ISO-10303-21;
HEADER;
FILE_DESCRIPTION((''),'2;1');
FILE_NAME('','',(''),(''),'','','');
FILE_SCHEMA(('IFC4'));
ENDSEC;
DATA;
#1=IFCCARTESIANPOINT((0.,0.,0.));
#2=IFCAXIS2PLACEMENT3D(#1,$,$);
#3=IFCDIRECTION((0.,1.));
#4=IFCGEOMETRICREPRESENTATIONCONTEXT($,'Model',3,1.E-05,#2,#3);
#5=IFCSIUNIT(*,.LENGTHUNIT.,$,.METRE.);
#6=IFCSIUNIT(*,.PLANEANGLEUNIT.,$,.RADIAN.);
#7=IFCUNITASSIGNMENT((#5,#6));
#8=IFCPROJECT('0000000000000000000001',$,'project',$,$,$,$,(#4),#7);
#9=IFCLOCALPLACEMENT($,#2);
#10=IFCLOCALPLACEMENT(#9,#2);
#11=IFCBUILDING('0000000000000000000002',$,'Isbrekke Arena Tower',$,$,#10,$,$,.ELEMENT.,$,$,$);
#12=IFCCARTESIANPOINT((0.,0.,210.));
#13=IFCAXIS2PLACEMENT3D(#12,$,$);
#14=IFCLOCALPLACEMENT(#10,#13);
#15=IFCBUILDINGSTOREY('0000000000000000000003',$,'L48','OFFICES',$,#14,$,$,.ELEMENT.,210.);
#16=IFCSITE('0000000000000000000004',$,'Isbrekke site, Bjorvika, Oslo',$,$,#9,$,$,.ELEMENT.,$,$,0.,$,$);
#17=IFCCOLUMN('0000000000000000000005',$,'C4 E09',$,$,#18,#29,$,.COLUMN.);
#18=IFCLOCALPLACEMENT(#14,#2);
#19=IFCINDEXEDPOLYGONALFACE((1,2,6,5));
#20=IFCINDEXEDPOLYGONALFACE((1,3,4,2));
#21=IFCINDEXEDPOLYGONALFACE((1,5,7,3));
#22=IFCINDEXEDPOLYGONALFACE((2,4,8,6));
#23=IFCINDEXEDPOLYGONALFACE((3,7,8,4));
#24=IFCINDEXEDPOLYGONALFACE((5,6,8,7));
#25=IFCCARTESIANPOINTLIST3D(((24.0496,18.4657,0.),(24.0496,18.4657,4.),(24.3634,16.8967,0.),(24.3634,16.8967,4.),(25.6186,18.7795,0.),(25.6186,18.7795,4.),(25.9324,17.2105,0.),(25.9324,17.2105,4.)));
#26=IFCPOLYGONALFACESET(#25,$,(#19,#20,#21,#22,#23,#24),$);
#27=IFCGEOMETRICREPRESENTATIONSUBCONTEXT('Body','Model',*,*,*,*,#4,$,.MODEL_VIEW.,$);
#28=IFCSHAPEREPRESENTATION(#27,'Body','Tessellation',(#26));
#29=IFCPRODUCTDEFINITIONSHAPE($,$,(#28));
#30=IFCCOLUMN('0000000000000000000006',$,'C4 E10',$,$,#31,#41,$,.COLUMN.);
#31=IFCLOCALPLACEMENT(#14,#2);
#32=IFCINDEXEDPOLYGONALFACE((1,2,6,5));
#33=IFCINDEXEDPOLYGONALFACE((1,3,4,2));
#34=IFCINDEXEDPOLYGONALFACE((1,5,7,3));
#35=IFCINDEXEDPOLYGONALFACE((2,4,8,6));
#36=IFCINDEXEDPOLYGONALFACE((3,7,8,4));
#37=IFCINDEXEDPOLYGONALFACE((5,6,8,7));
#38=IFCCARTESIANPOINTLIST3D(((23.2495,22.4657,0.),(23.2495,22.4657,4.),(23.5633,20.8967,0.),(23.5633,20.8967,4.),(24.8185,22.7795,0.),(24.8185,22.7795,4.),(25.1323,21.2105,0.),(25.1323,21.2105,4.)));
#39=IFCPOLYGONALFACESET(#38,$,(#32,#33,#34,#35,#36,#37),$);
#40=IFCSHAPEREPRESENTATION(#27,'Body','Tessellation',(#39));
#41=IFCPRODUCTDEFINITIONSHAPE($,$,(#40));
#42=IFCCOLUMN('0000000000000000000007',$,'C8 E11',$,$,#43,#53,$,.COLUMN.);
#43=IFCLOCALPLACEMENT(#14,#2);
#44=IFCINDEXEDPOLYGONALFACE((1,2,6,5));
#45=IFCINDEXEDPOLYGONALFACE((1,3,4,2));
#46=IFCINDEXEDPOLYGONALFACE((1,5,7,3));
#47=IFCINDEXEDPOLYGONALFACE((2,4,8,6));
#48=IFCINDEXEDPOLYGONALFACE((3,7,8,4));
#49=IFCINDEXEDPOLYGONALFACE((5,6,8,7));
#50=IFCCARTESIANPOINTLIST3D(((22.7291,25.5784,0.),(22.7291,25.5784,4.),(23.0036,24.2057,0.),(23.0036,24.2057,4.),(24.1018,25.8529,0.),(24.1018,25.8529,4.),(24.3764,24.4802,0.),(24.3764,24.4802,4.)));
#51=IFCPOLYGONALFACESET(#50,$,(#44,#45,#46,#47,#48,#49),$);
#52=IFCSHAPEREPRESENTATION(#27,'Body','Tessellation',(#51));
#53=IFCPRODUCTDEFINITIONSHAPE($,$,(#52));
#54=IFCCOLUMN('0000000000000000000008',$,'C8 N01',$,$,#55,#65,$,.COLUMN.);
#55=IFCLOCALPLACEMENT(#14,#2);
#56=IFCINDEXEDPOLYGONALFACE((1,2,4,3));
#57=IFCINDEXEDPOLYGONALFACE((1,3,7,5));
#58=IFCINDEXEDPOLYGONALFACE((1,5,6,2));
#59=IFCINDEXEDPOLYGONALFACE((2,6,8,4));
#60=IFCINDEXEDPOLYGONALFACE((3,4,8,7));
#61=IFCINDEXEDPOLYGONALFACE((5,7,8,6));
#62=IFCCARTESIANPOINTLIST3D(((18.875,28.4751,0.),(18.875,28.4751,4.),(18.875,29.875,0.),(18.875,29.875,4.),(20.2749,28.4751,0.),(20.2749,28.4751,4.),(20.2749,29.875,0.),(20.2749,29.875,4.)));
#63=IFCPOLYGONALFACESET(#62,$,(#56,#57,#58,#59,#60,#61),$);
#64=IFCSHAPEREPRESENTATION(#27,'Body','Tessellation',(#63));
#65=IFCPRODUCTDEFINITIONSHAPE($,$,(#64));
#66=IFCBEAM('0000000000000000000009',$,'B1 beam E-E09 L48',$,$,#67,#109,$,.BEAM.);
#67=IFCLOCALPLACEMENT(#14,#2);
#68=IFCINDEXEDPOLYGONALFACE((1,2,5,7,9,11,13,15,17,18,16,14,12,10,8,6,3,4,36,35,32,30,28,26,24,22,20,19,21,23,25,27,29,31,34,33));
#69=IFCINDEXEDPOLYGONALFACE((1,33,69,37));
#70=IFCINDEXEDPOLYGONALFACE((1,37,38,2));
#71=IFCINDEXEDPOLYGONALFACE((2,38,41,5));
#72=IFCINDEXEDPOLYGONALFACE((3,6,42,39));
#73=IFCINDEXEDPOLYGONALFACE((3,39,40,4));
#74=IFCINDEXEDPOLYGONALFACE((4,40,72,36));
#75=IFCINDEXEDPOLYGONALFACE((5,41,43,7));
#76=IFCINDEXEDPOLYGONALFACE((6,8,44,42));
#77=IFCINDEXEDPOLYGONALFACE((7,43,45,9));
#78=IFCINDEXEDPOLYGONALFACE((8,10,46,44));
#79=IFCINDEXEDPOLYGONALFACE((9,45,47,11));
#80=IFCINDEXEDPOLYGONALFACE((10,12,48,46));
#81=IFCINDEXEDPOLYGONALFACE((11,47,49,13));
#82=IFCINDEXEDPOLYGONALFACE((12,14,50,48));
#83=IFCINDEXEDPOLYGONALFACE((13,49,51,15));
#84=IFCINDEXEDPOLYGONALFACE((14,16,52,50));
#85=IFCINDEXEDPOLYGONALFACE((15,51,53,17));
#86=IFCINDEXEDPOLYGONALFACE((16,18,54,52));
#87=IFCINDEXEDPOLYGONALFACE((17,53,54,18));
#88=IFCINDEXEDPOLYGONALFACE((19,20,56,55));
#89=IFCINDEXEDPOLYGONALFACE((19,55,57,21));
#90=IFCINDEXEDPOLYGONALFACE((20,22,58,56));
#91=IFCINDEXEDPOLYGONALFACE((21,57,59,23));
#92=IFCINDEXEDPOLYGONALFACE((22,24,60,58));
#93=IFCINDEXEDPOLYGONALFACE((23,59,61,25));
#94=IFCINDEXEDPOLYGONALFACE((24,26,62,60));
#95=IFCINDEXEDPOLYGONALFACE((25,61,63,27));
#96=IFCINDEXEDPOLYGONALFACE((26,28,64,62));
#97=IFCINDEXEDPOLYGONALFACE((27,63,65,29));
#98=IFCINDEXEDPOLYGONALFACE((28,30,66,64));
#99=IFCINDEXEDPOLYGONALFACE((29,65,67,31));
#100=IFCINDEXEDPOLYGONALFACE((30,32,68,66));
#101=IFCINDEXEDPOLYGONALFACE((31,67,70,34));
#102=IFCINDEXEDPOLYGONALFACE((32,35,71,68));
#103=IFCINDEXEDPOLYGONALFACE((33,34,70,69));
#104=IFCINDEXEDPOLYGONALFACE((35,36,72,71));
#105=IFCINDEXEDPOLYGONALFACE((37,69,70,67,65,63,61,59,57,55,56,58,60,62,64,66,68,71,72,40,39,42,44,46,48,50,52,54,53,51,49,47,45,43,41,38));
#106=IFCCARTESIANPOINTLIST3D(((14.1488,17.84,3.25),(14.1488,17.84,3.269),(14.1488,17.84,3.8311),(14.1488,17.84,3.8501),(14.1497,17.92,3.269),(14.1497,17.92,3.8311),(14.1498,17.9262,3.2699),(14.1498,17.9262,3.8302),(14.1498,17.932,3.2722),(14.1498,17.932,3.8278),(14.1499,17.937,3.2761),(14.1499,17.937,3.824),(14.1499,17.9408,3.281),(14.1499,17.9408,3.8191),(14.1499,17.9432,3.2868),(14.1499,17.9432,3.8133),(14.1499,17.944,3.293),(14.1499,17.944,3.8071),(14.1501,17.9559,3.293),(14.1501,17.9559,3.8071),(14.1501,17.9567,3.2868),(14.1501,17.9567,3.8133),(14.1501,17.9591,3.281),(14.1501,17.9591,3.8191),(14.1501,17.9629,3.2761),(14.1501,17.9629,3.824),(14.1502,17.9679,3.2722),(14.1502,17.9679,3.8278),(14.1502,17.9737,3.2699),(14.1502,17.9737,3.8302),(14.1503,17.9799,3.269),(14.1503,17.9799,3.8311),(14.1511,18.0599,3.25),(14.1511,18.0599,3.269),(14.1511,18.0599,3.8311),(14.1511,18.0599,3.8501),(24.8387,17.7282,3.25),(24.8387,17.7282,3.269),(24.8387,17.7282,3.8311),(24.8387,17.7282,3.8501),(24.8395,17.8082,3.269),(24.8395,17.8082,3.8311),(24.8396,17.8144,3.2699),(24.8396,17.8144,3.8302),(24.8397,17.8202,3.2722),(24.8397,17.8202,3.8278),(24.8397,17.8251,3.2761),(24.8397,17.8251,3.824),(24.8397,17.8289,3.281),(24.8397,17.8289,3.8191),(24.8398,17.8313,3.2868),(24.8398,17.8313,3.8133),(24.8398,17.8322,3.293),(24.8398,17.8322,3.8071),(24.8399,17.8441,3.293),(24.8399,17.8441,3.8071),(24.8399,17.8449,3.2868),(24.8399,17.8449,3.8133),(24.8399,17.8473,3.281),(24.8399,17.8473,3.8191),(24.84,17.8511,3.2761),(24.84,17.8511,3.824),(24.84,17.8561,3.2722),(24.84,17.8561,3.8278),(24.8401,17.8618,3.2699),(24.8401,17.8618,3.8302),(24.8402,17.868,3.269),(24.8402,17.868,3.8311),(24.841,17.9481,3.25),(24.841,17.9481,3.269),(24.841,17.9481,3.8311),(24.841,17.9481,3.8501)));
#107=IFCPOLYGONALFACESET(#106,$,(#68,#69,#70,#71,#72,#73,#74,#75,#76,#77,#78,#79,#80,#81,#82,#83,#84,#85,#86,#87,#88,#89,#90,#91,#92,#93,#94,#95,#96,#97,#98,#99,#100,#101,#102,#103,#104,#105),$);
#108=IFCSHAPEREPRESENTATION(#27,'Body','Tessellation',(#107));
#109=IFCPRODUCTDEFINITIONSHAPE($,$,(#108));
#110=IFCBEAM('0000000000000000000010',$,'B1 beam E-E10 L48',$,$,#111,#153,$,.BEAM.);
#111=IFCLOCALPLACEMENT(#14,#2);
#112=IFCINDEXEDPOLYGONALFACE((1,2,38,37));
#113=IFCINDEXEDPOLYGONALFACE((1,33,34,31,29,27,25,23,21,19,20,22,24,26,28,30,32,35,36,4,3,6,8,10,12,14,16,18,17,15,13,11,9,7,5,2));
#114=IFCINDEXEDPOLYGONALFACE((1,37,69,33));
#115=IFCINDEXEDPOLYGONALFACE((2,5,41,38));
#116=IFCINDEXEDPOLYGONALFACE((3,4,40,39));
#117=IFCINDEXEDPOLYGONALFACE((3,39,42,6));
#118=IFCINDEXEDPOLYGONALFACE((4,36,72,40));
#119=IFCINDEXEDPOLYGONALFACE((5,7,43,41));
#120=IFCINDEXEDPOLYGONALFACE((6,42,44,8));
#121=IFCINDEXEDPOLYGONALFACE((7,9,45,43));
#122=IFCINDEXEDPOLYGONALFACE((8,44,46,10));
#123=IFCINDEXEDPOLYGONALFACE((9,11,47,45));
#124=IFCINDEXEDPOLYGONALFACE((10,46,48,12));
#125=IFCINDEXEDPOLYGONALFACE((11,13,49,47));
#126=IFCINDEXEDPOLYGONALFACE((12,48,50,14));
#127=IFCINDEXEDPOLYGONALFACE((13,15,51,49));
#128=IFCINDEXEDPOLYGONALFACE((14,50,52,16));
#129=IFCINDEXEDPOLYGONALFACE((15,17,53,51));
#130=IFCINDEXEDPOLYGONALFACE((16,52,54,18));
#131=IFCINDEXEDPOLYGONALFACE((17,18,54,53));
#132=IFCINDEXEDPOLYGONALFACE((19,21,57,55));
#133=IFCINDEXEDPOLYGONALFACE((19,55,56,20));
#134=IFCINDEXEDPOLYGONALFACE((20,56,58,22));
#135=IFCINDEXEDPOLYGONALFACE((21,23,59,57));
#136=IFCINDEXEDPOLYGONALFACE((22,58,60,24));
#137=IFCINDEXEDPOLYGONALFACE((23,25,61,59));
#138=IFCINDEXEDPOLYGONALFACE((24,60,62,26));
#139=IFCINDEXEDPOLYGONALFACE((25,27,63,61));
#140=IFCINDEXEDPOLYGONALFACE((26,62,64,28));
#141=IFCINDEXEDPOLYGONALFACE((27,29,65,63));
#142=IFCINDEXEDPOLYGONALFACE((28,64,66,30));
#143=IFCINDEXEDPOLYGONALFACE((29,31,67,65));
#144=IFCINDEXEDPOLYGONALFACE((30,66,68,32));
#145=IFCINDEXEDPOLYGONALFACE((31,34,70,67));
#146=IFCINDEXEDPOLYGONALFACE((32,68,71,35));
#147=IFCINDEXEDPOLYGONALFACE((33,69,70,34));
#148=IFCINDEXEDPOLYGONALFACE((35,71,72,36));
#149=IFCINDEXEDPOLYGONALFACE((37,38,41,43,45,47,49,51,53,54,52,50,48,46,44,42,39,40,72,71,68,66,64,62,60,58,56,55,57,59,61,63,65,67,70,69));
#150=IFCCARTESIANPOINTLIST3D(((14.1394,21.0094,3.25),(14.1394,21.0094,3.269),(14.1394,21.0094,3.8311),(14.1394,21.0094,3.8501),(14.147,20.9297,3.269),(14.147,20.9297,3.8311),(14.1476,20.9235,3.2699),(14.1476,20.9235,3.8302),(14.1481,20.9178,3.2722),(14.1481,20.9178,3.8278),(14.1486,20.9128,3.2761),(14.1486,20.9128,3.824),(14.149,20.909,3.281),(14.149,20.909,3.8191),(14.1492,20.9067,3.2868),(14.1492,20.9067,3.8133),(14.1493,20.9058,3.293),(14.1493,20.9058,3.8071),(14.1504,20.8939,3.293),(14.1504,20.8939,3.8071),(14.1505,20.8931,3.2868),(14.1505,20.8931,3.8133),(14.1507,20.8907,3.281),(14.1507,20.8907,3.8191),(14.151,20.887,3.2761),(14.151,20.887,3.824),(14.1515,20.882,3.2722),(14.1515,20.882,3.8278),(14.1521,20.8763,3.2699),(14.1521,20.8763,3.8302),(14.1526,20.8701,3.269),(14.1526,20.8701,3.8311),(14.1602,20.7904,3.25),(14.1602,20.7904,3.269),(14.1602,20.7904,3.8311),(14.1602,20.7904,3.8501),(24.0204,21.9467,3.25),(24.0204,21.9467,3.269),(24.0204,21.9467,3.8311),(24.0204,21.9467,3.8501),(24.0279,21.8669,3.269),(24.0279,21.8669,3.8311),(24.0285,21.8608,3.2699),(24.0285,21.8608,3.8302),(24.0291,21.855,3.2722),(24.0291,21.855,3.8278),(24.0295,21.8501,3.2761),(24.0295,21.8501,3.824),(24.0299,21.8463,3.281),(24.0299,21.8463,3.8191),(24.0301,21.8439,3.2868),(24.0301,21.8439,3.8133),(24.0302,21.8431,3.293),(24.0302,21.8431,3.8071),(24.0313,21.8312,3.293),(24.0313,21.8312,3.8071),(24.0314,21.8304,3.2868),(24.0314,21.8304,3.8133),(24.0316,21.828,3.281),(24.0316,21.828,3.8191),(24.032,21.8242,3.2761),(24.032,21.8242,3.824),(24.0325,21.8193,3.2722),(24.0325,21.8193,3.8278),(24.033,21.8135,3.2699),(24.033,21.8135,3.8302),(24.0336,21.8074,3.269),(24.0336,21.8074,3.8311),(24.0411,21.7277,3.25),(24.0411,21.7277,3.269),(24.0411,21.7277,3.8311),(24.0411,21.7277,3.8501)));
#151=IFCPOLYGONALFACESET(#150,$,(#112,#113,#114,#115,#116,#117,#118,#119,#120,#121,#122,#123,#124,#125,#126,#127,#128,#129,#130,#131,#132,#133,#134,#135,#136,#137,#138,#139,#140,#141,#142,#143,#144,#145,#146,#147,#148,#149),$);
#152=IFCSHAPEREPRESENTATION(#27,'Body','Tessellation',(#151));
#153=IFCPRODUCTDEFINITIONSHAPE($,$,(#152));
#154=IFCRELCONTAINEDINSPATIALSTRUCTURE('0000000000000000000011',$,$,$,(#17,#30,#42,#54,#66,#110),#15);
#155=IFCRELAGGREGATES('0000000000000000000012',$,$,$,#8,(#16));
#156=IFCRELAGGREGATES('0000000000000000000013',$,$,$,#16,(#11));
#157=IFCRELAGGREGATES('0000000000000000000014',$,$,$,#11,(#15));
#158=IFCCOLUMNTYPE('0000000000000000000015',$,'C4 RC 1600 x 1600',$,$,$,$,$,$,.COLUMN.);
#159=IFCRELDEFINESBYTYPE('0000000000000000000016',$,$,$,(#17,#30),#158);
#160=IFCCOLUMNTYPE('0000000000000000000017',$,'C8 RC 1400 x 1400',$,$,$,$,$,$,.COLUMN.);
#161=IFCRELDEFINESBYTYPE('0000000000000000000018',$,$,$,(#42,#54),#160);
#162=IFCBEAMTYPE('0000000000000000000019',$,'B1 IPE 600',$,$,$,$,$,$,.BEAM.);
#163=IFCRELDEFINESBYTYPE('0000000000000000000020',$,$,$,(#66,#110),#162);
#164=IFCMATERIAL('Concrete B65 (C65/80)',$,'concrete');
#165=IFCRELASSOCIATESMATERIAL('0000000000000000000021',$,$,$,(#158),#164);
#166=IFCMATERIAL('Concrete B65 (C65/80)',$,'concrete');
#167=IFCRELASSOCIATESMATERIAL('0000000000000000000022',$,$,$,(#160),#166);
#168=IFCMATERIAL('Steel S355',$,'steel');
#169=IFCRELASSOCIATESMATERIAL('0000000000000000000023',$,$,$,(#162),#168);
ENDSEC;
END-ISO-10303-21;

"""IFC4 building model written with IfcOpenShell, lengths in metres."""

from ifc_helpers import new_model, si_unit, direction, frame, origin, origin_2d, place, context, subcontext, project, spatial, rectangle, i_section, extrude, material, material_profile, profile_set, type_object, element, save


model = new_model("IFC4")

# Units and contexts
model_context = context("Model", 3, precision=1e-05, world=origin(), true_north=direction((0.0, 1.0)))
body_context = subcontext(model_context, "Body", "Model", "MODEL_VIEW")
ifc_project = project(units=[si_unit("LENGTHUNIT", "METRE"), si_unit("PLANEANGLEUNIT", "RADIAN")], contexts=[model_context])

# Site, building, storey
site_placement = place(None, origin())
site = spatial("IfcSite", under=ifc_project, at=site_placement, Name="Isbrekke site, Bjorvika, Oslo", CompositionType="ELEMENT", RefElevation=0.0)
building_placement = place(site_placement, origin())
building = spatial("IfcBuilding", under=site, at=building_placement, Name="Isbrekke Arena Tower", CompositionType="ELEMENT")
storey_placement = place(building_placement, frame((0.0, 0.0, 210.0)))
storey = spatial("IfcBuildingStorey", under=building, at=storey_placement, Name="L48", Description="OFFICES", CompositionType="ELEMENT", Elevation=210.0)

# Columns
ifc_material_1 = material(Name="Concrete B65 (C65/80)", Category="concrete")
ifc_material_profile_1 = material_profile(ifc_material_1, rectangle(XDim=1.6001, YDim=1.6001, at=origin_2d()), Name="RC 1600x1600")
ifc_profile_set_1 = profile_set([ifc_material_profile_1], Name="Concrete B65 (C65/80)")
column_type_1 = type_object("IfcColumnType", Name="C4 RC 1600 x 1600", PredefinedType="COLUMN", material=ifc_profile_set_1)
for number, where, z_axis, x_axis, name in (
    (1, (24.991, 17.8381, 0.0), (0.0, 0.0, 1.0), (-0.196116, 0.980581, 0.0), "C4 E09"),
    (2, (24.1909, 21.8381, 0.0), (0.0, 0.0, 1.0), (-0.196116, 0.980581, 0.0), "C4 E10"),
):
    element("IfcColumn", number, at=place(storey_placement, frame(where, z_axis=z_axis, x_axis=x_axis)), inside=storey, type_object=column_type_1, Name=name, PredefinedType="COLUMN", context=body_context, shape_type="SweptSolid", body=[
        extrude(rectangle(XDim=1.6001, YDim=1.6001, at=origin_2d()), origin(), (0.0, 0.0, 1.0), 4.0),
    ])
ifc_material_2 = material(Name="Concrete B65 (C65/80)", Category="concrete")
ifc_material_profile_2 = material_profile(ifc_material_2, rectangle(XDim=1.3999, YDim=1.3999, at=origin_2d()), Name="RC 1400x1400")
ifc_profile_set_2 = profile_set([ifc_material_profile_2], Name="Concrete B65 (C65/80)")
column_type_2 = type_object("IfcColumnType", Name="C8 RC 1400 x 1400", PredefinedType="COLUMN", material=ifc_profile_set_2)
for number, where, z_axis, x_axis, name in (
    (3, (23.5527, 25.0293, 0.0), (0.0, 0.0, 1.0), (-0.196116, 0.980581, 0.0), "C8 E11"),
    (4, (19.575, 29.175, 0.0), (0.0, 0.0, 1.0), (-1.0, 0.0, 0.0), "C8 N01"),
):
    element("IfcColumn", number, at=place(storey_placement, frame(where, z_axis=z_axis, x_axis=x_axis)), inside=storey, type_object=column_type_2, Name=name, PredefinedType="COLUMN", context=body_context, shape_type="SweptSolid", body=[
        extrude(rectangle(XDim=1.3999, YDim=1.3999, at=origin_2d()), origin(), (0.0, 0.0, 1.0), 4.0),
    ])

# Beams
ifc_material_3 = material(Name="Steel S355", Category="steel")
ifc_material_profile_3 = material_profile(ifc_material_3, i_section(OverallWidth=0.22, OverallDepth=0.6001, WebThickness=0.012, FlangeThickness=0.019, FilletRadius=0.0239, at=origin_2d()), Name="IPE 600")
ifc_profile_set_3 = profile_set([ifc_material_profile_3], Name="Steel S355")
beam_type_1 = type_object("IfcBeamType", Name="B1 IPE 600", PredefinedType="BEAM", material=ifc_profile_set_3)
beam_1_placement = place(storey_placement, frame((24.8398, 17.8381, 3.55), z_axis=(-0.999945, 0.010459, 0.0), x_axis=(-0.010459, -0.999945, 0.0)))
element("IfcBeam", 5, at=beam_1_placement, inside=storey, type_object=beam_type_1, Name="B1 beam E-E09 L48", PredefinedType="BEAM", context=body_context, shape_type="SweptSolid", body=[
    extrude(i_section(OverallWidth=0.22, OverallDepth=0.6001, WebThickness=0.012, FlangeThickness=0.019, FilletRadius=0.0239, at=origin_2d()), origin(), (0.0, 0.0, 1.0), 10.6904),
])
beam_2_placement = place(storey_placement, frame((24.0308, 21.8372, 3.55), z_axis=(-0.995531, -0.094432, 0.0), x_axis=(0.094432, -0.995531, 0.0)))
element("IfcBeam", 6, at=beam_2_placement, inside=storey, type_object=beam_type_1, Name="B1 beam E-E10 L48", PredefinedType="BEAM", context=body_context, shape_type="SweptSolid", body=[
    extrude(i_section(OverallWidth=0.22, OverallDepth=0.6001, WebThickness=0.012, FlangeThickness=0.019, FilletRadius=0.0239, at=origin_2d()), origin(), (0.0, 0.0, 1.0), 9.9253),
])

save(model, "model.ifc")
